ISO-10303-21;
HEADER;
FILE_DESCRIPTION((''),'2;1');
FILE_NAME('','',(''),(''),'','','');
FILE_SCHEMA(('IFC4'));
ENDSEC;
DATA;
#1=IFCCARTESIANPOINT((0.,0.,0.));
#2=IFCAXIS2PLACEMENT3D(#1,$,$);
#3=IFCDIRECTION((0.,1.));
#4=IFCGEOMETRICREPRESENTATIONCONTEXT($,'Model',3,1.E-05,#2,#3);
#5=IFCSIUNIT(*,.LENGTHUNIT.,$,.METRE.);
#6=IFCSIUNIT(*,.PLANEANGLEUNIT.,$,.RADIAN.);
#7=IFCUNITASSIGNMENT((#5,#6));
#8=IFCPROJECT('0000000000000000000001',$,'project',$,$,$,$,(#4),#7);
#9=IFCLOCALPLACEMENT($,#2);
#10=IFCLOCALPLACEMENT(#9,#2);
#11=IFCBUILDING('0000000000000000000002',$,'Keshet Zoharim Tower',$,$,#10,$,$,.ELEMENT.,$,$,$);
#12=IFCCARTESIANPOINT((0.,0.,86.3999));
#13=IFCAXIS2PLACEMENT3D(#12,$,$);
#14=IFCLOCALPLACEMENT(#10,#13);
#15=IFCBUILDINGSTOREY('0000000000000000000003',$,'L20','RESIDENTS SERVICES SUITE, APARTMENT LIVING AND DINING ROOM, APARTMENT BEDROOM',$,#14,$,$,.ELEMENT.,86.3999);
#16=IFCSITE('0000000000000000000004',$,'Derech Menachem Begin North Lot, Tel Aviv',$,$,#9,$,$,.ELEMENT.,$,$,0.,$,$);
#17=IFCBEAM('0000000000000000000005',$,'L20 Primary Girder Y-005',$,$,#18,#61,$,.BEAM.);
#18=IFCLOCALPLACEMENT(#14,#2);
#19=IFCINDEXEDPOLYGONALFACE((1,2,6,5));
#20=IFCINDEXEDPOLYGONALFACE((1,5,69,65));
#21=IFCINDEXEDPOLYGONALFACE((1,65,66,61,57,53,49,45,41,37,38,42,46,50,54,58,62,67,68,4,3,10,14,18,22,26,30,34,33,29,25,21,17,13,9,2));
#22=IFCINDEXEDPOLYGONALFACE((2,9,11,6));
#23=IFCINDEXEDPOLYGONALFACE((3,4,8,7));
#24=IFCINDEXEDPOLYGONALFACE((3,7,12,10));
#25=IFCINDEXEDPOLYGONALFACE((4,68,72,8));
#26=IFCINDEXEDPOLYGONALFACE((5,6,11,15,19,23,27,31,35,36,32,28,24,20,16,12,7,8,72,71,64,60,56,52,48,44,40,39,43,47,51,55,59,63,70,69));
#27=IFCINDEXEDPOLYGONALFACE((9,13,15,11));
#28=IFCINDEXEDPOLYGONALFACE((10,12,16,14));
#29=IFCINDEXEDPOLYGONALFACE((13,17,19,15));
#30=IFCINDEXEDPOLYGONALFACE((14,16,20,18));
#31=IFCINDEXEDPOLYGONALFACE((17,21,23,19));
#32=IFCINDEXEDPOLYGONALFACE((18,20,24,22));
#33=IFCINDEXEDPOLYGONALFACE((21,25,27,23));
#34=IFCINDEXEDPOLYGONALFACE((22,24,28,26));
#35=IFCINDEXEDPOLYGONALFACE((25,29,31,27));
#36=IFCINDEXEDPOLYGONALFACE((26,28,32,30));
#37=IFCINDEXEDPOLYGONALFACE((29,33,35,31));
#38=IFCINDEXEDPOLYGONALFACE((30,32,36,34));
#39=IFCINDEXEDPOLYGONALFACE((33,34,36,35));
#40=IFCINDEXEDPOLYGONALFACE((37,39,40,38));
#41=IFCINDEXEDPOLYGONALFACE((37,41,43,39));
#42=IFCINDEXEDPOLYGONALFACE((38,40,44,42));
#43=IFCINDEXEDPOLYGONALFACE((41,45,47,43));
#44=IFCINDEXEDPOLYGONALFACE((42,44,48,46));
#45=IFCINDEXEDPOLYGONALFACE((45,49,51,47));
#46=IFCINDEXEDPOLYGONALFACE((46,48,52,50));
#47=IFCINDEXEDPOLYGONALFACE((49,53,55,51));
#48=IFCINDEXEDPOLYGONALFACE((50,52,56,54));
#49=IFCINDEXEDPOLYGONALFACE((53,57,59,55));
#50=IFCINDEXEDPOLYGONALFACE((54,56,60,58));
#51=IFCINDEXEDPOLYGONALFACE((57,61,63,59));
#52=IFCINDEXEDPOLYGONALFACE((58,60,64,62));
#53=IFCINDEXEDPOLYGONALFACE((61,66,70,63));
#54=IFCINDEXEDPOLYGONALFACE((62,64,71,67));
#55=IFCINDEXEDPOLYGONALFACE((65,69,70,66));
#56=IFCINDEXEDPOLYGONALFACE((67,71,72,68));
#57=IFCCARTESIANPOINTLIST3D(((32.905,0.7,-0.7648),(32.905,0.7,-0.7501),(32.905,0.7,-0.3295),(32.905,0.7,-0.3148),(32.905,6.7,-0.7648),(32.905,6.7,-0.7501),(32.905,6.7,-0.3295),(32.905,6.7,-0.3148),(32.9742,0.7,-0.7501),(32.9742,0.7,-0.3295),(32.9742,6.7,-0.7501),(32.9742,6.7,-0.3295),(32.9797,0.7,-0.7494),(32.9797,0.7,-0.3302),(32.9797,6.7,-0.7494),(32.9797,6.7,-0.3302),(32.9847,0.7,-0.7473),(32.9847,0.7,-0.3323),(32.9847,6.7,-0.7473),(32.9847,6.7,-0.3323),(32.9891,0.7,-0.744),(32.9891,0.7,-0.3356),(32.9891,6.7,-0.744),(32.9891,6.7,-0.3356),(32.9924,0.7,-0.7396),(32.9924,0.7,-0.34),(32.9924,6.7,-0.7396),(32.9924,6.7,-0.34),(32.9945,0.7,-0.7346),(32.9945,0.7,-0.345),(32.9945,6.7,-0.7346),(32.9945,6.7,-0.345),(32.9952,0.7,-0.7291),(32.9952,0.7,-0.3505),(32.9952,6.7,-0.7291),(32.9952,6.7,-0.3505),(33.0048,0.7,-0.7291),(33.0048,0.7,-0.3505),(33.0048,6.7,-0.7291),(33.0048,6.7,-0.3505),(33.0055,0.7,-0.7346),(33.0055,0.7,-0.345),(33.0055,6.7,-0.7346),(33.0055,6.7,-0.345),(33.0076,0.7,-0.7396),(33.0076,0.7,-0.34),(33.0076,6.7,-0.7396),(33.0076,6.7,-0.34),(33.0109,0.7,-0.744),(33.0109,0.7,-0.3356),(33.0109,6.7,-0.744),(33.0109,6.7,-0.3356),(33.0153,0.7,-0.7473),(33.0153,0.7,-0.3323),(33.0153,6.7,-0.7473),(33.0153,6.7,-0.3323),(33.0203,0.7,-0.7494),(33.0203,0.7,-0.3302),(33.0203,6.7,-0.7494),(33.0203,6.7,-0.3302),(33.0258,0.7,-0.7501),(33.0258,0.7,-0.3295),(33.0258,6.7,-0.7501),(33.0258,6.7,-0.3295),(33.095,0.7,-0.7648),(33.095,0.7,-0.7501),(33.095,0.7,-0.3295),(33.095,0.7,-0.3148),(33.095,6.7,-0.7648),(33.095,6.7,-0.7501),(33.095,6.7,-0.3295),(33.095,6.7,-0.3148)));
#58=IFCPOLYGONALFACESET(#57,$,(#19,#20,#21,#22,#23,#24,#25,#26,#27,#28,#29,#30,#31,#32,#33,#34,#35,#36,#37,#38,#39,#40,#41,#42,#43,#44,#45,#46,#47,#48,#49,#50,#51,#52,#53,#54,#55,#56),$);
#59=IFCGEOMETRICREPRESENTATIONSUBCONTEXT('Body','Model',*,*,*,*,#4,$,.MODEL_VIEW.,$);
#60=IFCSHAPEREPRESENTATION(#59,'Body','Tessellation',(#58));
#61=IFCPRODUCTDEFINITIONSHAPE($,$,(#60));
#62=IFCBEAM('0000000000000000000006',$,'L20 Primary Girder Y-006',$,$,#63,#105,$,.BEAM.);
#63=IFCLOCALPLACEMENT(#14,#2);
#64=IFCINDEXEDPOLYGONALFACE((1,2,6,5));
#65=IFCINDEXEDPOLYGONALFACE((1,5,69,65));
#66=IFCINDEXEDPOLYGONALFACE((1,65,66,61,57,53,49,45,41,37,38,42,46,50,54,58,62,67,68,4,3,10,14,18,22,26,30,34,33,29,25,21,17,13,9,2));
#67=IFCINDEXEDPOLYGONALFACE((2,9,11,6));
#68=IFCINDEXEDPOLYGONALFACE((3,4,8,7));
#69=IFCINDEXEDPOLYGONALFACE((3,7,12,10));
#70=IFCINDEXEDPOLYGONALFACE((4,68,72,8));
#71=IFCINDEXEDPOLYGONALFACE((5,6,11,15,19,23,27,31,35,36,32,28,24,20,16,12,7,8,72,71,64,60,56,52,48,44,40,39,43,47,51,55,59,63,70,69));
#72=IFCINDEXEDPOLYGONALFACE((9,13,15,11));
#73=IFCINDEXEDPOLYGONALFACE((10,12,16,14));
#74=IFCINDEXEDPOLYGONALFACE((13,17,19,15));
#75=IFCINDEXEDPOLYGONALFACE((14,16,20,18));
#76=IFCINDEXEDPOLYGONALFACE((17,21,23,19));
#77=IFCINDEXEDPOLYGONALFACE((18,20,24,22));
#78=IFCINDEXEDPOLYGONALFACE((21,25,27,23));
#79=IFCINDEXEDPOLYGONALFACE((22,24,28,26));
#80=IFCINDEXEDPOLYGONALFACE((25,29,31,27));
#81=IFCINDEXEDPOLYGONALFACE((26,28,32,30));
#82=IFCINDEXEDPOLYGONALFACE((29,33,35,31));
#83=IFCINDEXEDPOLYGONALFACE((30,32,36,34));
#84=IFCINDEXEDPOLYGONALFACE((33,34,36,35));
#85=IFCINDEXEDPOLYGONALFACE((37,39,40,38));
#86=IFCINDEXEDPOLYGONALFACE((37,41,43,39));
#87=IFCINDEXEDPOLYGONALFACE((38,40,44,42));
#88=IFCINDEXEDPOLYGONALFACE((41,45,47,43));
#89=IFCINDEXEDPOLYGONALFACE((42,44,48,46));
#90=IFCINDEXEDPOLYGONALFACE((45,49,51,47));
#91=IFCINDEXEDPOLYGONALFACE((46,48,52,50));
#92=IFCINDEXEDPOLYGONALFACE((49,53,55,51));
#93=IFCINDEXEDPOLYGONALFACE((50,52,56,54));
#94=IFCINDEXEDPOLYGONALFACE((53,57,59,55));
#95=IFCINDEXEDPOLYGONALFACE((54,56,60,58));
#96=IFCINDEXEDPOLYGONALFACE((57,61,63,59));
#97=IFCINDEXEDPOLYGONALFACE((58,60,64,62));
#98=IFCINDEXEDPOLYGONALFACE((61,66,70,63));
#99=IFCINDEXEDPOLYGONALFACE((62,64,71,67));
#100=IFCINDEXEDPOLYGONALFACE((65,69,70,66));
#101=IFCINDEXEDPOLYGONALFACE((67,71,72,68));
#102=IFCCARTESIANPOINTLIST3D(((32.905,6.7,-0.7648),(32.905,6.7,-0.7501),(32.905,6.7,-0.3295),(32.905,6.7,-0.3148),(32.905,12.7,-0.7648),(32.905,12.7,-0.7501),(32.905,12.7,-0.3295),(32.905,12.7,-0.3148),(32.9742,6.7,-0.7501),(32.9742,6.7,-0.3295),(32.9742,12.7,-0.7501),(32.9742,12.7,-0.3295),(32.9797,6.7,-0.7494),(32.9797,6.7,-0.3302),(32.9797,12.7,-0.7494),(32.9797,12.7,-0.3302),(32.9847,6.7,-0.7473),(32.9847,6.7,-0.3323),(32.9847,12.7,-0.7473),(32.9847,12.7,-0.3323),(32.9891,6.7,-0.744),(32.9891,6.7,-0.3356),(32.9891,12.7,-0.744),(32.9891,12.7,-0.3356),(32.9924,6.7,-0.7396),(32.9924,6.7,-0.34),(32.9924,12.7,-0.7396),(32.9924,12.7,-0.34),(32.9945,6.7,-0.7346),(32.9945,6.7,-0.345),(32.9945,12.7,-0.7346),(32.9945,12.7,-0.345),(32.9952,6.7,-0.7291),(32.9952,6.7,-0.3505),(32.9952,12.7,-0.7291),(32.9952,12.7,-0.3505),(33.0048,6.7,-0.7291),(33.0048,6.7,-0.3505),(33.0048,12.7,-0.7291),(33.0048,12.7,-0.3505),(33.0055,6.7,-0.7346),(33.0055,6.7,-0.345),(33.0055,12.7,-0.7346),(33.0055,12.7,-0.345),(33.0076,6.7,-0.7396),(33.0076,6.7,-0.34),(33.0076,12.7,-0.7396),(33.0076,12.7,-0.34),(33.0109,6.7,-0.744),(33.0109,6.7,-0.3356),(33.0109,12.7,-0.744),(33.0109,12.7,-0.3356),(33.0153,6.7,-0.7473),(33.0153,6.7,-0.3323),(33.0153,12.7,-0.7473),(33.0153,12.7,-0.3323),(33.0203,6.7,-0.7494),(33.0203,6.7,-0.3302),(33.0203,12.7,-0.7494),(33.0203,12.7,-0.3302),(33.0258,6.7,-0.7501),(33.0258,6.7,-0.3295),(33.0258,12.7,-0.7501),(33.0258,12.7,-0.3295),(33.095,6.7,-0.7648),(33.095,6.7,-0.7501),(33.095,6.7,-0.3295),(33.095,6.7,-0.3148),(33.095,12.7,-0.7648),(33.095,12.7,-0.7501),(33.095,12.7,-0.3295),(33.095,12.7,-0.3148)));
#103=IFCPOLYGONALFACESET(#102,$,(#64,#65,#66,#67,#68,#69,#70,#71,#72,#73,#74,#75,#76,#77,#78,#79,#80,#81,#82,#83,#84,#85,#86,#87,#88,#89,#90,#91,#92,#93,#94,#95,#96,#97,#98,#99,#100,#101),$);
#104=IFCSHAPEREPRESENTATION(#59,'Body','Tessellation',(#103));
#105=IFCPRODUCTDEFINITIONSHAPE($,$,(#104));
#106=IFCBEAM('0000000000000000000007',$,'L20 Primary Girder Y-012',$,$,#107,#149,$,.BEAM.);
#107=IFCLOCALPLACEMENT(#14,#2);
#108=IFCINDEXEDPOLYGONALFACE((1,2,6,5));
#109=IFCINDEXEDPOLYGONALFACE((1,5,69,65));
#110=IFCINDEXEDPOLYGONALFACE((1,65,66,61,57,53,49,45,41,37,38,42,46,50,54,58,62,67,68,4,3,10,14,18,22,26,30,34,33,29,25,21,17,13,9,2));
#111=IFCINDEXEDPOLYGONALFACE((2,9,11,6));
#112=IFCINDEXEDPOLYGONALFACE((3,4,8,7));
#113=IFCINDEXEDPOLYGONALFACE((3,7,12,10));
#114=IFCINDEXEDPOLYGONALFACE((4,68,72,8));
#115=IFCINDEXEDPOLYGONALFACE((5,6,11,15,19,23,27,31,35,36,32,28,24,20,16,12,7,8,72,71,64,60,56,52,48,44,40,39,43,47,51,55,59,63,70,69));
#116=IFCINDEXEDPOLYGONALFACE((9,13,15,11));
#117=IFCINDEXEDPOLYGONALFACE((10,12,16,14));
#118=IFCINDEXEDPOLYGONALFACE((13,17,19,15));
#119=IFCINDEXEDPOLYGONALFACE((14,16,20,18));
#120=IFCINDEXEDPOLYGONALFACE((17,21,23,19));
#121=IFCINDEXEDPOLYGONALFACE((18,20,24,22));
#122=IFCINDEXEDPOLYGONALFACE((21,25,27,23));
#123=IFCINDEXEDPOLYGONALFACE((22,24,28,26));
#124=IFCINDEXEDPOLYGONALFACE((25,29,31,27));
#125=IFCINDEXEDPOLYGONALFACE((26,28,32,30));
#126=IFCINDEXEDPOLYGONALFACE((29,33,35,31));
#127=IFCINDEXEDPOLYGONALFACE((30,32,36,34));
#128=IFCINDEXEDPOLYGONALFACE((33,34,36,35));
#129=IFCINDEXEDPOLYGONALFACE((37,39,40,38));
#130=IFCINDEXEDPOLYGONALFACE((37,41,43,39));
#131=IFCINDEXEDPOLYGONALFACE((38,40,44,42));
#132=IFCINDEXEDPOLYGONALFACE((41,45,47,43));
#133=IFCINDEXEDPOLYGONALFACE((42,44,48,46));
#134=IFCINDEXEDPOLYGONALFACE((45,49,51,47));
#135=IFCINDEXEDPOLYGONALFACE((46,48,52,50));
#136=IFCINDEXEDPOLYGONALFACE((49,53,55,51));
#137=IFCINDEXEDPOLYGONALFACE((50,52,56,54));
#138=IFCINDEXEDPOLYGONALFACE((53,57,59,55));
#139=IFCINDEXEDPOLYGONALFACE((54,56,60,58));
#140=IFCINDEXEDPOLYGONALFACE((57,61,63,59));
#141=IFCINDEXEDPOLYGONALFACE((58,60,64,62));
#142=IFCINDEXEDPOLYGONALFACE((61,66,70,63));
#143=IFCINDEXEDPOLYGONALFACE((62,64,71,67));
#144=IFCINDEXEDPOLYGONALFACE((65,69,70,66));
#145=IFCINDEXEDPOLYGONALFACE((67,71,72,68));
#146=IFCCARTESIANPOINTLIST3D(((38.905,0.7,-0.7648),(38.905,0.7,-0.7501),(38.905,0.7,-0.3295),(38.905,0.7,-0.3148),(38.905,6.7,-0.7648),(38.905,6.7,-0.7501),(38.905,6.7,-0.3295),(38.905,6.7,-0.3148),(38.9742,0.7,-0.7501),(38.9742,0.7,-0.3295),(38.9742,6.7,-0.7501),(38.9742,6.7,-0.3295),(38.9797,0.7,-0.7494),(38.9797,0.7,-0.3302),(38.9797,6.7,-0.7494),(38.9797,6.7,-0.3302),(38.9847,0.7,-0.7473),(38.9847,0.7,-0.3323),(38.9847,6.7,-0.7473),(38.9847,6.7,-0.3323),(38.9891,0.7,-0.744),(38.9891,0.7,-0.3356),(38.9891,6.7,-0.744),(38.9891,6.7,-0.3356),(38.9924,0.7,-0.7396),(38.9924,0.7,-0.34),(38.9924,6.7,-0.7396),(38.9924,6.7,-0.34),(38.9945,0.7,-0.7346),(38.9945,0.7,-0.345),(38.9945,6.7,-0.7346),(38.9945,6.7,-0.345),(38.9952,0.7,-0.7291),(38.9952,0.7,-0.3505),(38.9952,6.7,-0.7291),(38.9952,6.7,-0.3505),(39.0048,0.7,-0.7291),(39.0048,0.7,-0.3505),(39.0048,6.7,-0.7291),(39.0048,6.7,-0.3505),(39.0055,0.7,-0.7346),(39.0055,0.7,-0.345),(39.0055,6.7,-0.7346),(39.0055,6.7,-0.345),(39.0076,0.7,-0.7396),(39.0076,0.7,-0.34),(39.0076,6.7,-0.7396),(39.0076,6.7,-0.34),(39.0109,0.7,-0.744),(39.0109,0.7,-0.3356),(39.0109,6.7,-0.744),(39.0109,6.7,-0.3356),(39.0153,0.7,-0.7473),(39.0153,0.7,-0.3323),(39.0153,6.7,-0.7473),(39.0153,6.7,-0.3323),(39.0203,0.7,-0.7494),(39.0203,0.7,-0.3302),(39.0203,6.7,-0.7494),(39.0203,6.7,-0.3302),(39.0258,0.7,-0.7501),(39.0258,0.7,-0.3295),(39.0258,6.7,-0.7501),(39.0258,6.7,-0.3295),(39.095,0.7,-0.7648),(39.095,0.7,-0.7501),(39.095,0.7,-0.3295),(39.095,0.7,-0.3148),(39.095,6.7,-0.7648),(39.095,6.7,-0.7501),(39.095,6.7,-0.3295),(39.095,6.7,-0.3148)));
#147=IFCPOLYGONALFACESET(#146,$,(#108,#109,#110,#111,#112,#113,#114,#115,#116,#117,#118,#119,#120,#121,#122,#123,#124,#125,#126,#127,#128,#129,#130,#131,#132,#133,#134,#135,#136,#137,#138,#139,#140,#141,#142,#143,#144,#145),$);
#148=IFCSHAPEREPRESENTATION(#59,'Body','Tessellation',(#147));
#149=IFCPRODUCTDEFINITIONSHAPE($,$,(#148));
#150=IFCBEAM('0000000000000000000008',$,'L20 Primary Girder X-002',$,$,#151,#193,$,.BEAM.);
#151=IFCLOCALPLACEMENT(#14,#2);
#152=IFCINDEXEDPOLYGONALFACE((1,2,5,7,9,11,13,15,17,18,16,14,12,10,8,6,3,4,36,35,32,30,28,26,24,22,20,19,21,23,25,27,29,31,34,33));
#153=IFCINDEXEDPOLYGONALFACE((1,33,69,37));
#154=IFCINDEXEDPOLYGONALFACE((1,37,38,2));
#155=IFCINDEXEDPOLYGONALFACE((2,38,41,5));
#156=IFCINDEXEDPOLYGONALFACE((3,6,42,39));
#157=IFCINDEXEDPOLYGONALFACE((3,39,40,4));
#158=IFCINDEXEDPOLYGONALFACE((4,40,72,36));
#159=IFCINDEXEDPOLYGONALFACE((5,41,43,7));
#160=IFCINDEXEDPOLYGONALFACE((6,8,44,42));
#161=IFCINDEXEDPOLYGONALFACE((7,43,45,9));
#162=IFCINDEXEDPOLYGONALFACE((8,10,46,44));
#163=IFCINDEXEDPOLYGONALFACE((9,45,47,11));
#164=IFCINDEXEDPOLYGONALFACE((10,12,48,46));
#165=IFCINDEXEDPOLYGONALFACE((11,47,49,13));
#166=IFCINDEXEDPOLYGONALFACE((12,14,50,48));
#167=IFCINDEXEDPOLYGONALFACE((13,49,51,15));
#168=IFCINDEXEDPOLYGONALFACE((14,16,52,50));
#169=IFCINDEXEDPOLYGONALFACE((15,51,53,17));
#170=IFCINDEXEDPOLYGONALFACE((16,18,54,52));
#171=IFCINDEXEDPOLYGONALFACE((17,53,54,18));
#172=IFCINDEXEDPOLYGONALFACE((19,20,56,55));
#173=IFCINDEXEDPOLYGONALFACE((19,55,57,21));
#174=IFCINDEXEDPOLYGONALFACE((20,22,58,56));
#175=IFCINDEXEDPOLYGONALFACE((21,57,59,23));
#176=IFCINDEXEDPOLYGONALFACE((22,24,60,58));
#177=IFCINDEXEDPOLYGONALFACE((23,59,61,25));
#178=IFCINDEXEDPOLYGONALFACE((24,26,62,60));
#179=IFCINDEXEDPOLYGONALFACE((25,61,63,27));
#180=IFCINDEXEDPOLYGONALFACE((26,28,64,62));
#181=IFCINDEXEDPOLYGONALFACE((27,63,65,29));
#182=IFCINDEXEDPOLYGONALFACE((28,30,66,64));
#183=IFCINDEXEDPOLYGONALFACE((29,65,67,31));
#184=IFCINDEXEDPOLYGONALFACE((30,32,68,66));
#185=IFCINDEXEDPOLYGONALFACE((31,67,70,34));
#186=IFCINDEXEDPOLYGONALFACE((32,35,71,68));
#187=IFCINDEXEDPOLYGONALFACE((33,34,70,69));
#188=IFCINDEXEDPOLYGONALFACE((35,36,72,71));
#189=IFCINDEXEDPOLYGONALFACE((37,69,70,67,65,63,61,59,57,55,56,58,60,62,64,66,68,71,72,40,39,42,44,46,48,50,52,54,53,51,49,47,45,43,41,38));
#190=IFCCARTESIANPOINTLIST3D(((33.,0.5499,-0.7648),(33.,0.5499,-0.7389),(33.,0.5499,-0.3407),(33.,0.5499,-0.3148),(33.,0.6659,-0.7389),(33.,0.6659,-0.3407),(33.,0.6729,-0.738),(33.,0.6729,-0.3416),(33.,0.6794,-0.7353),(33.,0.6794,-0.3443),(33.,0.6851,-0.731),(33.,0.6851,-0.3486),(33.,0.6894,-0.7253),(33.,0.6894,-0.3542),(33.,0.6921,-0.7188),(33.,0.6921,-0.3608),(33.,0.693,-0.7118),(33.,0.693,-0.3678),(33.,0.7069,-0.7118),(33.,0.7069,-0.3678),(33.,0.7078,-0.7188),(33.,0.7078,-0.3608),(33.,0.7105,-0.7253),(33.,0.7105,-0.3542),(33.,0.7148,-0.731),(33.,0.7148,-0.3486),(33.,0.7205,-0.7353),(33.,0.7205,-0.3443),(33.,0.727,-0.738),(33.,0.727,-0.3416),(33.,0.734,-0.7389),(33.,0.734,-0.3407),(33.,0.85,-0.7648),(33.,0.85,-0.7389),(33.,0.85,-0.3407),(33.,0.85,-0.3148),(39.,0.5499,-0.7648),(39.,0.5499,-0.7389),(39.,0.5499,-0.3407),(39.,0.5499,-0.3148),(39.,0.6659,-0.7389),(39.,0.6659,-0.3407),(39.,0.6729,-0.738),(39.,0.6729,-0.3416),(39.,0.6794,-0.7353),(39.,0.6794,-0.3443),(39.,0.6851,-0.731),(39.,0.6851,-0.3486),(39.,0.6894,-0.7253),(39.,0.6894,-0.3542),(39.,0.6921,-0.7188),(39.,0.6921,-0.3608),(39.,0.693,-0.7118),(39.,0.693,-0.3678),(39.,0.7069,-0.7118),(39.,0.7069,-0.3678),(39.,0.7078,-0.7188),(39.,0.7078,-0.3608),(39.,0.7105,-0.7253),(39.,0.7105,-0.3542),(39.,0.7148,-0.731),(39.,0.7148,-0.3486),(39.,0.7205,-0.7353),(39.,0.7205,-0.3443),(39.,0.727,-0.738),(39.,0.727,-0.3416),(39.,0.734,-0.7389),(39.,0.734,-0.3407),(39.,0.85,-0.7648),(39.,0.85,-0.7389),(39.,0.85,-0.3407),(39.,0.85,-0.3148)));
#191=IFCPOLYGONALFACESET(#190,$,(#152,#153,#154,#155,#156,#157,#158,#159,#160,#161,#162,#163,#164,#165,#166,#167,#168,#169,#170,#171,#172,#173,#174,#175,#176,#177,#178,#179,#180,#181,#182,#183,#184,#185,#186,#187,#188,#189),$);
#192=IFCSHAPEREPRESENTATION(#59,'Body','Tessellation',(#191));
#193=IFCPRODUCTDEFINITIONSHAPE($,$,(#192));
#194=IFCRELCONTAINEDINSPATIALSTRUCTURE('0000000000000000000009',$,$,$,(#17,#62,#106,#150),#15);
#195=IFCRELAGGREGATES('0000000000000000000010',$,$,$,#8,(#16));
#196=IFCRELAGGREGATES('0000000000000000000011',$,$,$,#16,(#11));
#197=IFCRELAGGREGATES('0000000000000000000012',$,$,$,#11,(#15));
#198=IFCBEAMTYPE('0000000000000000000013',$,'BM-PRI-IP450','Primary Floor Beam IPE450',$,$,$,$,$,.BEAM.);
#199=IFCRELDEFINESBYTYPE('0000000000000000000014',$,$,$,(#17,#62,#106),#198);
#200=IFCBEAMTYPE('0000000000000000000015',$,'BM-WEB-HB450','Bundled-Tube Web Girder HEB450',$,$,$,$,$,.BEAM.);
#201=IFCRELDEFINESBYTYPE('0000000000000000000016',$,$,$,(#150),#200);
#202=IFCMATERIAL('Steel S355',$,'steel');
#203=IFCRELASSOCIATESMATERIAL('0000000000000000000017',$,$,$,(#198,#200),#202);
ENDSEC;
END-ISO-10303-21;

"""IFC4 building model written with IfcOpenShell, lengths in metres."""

from ifc_helpers import new_model, si_unit, direction, frame, origin, origin_2d, place, context, subcontext, project, spatial, i_section, extrude, material, material_profile, profile_set, type_object, element, save


model = new_model("IFC4")

# Units and contexts
model_context = context("Model", 3, precision=1e-05, world=origin(), true_north=direction((0.0, 1.0)))
body_context = subcontext(model_context, "Body", "Model", "MODEL_VIEW")
ifc_project = project(units=[si_unit("LENGTHUNIT", "METRE"), si_unit("PLANEANGLEUNIT", "RADIAN")], contexts=[model_context])

# Site, building, storey
site_placement = place(None, origin())
site = spatial("IfcSite", under=ifc_project, at=site_placement, Name="Derech Menachem Begin North Lot, Tel Aviv", CompositionType="ELEMENT", RefElevation=0.0)
building_placement = place(site_placement, origin())
building = spatial("IfcBuilding", under=site, at=building_placement, Name="Keshet Zoharim Tower", CompositionType="ELEMENT")
storey_placement = place(building_placement, frame((0.0, 0.0, 86.3999)))
storey = spatial("IfcBuildingStorey", under=building, at=storey_placement, Name="L20", Description="RESIDENTS SERVICES SUITE, APARTMENT LIVING AND DINING ROOM, APARTMENT BEDROOM", CompositionType="ELEMENT", Elevation=86.3999)

# Shared definitions
ifc_material_1 = material(Name="Steel S355", Category="steel")

# Beams
ifc_material_profile_1 = material_profile(ifc_material_1, i_section(OverallWidth=0.1899, OverallDepth=0.45, WebThickness=0.0095, FlangeThickness=0.0146, FilletRadius=0.021, at=origin_2d()), Name="IPE450")
ifc_profile_set_1 = profile_set([ifc_material_profile_1], Name="Steel S355")
beam_type_1 = type_object("IfcBeamType", Name="BM-PRI-IP450", Description="Primary Floor Beam IPE450", PredefinedType="BEAM", material=ifc_profile_set_1)
for number, where, z_axis, x_axis, name in (
    (1, (33.0, 0.7, -0.5398), (0.0, 1.0, 0.0), (-1.0, 0.0, 0.0), "L20 Primary Girder Y-005"),
    (2, (33.0, 6.7, -0.5398), (0.0, 1.0, 0.0), (-1.0, 0.0, 0.0), "L20 Primary Girder Y-006"),
    (3, (39.0, 0.7, -0.5398), (0.0, 1.0, 0.0), (-1.0, 0.0, 0.0), "L20 Primary Girder Y-012"),
):
    element("IfcBeam", number, at=place(storey_placement, frame(where, z_axis=z_axis, x_axis=x_axis)), inside=storey, type_object=beam_type_1, Name=name, PredefinedType="BEAM", context=body_context, shape_type="SweptSolid", body=[
        extrude(i_section(OverallWidth=0.1899, OverallDepth=0.45, WebThickness=0.0095, FlangeThickness=0.0146, FilletRadius=0.021, at=origin_2d()), origin(), (0.0, 0.0, 1.0), 6.0),
    ])
ifc_material_profile_2 = material_profile(ifc_material_1, i_section(OverallWidth=0.3, OverallDepth=0.45, WebThickness=0.0139, FlangeThickness=0.0259, FilletRadius=0.0271, at=origin_2d()), Name="HEB450")
ifc_profile_set_2 = profile_set([ifc_material_profile_2], Name="Steel S355")
beam_type_2 = type_object("IfcBeamType", Name="BM-WEB-HB450", Description="Bundled-Tube Web Girder HEB450", PredefinedType="BEAM", material=ifc_profile_set_2)
for number, where, z_axis, x_axis, name in (
    (4, (33.0, 0.7, -0.5398), (1.0, 0.0, 0.0), (0.0, 1.0, 0.0), "L20 Primary Girder X-002"),
):
    element("IfcBeam", number, at=place(storey_placement, frame(where, z_axis=z_axis, x_axis=x_axis)), inside=storey, type_object=beam_type_2, Name=name, PredefinedType="BEAM", context=body_context, shape_type="SweptSolid", body=[
        extrude(i_section(OverallWidth=0.3, OverallDepth=0.45, WebThickness=0.0139, FlangeThickness=0.0259, FilletRadius=0.0271, at=origin_2d()), origin(), (0.0, 0.0, 1.0), 6.0),
    ])

save(model, "model.ifc")
